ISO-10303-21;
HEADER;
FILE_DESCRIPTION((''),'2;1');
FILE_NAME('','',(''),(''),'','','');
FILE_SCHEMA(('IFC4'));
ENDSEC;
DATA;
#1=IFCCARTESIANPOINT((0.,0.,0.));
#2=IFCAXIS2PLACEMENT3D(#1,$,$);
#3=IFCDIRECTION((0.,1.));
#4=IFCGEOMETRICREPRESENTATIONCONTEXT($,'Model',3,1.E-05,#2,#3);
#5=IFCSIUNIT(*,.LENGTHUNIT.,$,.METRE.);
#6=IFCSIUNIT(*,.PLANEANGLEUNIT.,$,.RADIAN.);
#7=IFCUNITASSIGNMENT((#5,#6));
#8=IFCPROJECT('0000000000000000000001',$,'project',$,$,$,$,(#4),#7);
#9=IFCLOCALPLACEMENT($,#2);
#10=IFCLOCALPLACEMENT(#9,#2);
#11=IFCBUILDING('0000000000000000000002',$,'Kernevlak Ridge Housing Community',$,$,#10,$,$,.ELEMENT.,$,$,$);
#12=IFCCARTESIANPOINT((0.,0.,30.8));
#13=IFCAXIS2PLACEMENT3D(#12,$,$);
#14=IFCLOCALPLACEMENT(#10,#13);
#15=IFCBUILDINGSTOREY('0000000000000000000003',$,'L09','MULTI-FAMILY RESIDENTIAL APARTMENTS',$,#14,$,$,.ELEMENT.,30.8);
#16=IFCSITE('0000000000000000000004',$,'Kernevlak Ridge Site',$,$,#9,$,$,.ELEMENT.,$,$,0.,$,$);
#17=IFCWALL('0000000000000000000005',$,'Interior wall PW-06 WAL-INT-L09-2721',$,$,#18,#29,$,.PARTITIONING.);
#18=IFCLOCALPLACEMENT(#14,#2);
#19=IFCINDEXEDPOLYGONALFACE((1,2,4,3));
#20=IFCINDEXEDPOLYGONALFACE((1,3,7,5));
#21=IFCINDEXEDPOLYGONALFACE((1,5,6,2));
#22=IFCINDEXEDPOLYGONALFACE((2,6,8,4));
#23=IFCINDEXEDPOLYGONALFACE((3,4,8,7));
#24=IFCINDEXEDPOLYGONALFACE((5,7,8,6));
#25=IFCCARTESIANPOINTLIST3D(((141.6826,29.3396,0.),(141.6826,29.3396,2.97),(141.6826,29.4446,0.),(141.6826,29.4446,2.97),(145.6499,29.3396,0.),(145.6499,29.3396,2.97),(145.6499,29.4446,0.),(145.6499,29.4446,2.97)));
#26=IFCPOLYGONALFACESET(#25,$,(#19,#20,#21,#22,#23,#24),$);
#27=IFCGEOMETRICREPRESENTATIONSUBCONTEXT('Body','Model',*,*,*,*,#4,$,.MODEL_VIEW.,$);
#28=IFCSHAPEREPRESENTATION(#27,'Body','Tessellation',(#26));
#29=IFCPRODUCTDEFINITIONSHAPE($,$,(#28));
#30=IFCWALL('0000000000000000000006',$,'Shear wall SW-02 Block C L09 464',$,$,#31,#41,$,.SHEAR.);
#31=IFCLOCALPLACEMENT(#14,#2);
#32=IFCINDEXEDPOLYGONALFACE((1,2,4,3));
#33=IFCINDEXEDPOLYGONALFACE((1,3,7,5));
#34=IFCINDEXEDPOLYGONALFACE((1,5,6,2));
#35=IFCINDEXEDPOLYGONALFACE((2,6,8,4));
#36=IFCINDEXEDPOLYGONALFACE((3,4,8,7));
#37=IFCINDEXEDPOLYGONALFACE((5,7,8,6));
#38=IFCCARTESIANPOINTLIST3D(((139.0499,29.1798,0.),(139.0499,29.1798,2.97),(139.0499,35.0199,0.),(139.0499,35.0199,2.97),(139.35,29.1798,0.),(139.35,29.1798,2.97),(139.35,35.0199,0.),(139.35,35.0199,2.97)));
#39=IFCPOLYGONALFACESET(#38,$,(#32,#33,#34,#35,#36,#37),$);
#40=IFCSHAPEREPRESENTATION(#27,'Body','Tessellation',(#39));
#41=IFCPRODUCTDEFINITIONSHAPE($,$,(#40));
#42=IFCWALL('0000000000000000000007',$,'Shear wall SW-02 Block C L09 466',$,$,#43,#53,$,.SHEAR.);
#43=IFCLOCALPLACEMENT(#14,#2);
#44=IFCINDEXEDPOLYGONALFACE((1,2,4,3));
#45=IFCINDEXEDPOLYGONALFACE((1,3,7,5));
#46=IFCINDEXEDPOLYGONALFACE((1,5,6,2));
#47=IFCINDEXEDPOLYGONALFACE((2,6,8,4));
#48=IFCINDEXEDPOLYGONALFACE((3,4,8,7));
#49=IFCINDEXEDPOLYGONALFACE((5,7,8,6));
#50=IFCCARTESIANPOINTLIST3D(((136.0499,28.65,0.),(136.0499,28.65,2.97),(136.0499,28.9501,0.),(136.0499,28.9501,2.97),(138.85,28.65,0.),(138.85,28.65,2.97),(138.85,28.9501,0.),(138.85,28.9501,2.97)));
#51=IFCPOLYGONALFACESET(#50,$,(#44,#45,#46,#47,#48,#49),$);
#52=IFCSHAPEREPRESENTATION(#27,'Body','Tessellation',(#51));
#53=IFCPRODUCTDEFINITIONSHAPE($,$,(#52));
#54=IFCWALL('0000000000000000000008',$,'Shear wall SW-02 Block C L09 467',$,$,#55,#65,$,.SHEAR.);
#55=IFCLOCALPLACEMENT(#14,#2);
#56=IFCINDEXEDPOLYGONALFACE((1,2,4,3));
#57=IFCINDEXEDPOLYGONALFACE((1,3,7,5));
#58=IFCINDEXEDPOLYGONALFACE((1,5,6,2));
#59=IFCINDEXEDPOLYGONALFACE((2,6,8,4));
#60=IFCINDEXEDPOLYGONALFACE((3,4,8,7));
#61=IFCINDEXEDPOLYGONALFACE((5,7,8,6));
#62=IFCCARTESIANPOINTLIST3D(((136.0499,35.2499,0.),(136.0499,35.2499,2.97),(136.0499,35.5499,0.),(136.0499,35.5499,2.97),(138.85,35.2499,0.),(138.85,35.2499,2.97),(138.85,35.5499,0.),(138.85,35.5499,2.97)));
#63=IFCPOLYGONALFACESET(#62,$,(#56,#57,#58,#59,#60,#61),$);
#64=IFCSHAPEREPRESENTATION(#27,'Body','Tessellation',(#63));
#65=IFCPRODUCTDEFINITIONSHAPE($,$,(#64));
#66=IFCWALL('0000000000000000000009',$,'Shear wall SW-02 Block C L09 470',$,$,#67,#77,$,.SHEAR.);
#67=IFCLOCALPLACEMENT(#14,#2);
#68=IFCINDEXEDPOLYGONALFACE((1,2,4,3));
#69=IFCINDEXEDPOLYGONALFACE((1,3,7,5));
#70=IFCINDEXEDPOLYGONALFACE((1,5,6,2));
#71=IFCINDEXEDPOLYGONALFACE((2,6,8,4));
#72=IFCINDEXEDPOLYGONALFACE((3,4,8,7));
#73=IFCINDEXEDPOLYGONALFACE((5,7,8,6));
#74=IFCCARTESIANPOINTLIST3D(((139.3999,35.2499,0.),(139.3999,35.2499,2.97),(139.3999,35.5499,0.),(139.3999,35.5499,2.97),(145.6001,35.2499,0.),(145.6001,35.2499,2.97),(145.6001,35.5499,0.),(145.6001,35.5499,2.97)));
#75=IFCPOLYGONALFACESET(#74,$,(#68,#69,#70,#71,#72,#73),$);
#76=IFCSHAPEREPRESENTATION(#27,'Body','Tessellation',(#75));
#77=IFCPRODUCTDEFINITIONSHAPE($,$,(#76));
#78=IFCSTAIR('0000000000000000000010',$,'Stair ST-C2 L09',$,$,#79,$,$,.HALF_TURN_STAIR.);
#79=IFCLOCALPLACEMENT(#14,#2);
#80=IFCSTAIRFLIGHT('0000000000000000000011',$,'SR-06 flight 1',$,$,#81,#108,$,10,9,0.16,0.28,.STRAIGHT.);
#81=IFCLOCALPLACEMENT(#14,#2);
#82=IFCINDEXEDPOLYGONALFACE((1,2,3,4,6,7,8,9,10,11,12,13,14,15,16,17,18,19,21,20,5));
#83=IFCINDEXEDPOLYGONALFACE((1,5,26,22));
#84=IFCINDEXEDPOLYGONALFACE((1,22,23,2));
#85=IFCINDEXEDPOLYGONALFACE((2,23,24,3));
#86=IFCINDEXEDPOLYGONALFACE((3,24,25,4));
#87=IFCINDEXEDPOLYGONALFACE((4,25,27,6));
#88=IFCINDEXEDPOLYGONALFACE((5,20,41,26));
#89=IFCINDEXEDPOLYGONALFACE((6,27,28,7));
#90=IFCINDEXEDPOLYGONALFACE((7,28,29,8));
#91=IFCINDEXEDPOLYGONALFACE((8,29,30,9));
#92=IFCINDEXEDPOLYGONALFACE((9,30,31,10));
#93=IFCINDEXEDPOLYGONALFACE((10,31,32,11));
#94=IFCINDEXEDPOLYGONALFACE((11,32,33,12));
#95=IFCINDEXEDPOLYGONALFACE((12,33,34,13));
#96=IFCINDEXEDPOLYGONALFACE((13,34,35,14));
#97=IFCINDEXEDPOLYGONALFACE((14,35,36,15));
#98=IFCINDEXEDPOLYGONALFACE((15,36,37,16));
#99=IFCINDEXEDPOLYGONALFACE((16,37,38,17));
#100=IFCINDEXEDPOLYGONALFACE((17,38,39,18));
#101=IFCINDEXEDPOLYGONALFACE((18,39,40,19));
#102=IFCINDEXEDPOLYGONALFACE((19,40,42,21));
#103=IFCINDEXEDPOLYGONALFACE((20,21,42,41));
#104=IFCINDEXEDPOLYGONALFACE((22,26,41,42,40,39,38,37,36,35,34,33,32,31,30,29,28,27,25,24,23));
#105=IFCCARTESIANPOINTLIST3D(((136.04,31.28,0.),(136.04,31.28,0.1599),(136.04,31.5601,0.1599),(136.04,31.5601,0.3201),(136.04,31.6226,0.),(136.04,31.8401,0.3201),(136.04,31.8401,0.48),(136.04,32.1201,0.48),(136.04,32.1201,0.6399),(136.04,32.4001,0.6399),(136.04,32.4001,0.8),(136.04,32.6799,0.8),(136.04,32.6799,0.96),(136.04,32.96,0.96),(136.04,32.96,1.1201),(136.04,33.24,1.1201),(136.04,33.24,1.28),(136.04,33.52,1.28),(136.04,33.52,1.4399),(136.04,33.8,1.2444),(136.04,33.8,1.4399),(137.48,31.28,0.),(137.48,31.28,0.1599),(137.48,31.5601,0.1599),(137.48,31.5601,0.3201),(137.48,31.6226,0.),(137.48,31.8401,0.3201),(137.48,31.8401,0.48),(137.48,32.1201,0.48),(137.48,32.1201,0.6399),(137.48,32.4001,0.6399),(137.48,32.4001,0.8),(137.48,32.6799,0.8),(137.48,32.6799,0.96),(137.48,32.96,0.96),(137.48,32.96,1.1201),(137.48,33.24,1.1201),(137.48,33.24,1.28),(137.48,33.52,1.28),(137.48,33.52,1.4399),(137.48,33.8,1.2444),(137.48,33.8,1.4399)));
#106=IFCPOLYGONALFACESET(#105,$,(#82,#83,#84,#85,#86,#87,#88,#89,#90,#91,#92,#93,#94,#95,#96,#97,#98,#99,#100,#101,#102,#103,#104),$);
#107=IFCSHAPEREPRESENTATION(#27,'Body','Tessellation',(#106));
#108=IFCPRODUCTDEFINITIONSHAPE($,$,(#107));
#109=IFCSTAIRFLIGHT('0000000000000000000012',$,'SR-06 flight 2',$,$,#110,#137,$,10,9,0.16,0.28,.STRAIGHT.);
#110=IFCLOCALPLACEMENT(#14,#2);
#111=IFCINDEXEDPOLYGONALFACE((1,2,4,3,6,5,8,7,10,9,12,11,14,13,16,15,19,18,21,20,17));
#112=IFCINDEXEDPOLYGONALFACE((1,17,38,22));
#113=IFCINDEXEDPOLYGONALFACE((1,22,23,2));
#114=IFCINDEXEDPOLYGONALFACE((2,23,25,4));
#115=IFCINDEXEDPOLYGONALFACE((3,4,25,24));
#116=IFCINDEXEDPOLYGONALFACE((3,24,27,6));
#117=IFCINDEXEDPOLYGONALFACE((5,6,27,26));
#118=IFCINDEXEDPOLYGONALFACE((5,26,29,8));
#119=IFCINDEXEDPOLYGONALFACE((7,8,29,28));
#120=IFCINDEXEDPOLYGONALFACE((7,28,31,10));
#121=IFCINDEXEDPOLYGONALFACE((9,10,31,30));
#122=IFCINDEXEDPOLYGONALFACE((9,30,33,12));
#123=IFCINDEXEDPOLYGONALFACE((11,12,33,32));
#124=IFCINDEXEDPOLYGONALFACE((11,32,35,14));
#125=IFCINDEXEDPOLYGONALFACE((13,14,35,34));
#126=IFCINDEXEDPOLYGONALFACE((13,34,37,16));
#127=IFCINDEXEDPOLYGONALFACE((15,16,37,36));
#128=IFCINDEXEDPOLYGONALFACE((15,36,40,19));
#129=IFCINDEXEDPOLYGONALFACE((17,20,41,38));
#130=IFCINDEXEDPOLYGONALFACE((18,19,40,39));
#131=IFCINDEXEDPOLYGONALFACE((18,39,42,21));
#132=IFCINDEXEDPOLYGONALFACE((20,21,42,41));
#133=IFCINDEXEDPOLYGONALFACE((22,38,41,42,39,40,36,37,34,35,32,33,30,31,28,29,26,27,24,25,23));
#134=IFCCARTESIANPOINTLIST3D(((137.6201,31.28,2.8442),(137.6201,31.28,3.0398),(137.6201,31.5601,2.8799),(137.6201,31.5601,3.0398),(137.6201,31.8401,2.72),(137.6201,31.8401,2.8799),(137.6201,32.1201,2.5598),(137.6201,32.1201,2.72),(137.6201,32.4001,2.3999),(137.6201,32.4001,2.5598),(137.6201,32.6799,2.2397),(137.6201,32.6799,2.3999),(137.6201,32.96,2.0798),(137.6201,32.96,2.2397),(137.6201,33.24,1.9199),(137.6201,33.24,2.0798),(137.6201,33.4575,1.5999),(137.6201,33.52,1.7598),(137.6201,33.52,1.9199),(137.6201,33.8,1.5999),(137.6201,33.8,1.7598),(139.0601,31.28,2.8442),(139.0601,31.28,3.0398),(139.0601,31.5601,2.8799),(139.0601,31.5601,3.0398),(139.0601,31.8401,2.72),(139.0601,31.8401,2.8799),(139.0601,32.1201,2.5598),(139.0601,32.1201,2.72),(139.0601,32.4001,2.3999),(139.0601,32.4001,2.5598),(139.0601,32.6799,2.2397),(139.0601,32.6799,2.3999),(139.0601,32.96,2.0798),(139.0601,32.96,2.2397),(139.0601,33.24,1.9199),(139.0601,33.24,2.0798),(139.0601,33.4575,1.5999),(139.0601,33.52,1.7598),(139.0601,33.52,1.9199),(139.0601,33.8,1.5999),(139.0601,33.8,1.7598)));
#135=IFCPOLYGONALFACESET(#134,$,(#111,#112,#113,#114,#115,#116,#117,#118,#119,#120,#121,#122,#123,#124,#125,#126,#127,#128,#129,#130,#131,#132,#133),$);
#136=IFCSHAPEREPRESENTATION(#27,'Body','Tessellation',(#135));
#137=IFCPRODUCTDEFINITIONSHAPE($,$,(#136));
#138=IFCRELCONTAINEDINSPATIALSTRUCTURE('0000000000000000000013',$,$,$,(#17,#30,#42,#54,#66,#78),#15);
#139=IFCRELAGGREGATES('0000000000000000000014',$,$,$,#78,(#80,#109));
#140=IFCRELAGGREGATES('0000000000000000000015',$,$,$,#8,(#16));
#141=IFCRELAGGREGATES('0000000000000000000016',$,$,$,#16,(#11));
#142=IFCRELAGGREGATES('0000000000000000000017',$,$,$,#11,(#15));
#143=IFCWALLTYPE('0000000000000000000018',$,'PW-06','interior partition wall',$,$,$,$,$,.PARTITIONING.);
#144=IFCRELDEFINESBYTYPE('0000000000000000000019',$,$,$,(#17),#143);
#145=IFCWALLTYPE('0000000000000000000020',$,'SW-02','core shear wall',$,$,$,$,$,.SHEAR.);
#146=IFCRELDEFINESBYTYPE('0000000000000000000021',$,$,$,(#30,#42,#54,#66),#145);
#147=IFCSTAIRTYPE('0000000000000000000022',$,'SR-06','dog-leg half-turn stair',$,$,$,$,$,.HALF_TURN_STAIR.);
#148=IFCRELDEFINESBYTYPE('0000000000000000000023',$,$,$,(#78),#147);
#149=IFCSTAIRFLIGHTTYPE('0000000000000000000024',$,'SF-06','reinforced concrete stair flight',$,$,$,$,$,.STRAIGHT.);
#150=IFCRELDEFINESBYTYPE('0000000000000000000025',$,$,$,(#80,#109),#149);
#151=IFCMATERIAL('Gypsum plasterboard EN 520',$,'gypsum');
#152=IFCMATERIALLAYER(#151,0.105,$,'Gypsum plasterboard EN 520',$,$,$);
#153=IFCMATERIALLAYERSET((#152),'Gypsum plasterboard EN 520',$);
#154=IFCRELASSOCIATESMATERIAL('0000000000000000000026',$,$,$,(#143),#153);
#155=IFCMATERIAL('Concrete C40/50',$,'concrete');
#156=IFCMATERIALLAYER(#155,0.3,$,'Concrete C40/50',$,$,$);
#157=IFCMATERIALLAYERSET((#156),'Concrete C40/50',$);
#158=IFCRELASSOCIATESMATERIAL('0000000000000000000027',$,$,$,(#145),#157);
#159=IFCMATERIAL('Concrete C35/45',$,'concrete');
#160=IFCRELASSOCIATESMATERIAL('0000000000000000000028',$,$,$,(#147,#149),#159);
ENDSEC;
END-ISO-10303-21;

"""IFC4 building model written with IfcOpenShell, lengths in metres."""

from ifc_helpers import new_model, si_unit, direction, frame, frame_2d, origin, place, context, subcontext, project, spatial, polyline, rectangle, outline, extrude, material, layer, layer_set, type_object, element, aggregate, save


model = new_model("IFC4")

# Units and contexts
model_context = context("Model", 3, precision=1e-05, world=origin(), true_north=direction((0.0, 1.0)))
body_context = subcontext(model_context, "Body", "Model", "MODEL_VIEW")
ifc_project = project(units=[si_unit("LENGTHUNIT", "METRE"), si_unit("PLANEANGLEUNIT", "RADIAN")], contexts=[model_context])

# Site, building, storey
site_placement = place(None, origin())
site = spatial("IfcSite", under=ifc_project, at=site_placement, Name="Kernevlak Ridge Site", CompositionType="ELEMENT", RefElevation=0.0)
building_placement = place(site_placement, origin())
building = spatial("IfcBuilding", under=site, at=building_placement, Name="Kernevlak Ridge Housing Community", CompositionType="ELEMENT")
storey_placement = place(building_placement, frame((0.0, 0.0, 30.8)))
storey = spatial("IfcBuildingStorey", under=building, at=storey_placement, Name="L09", Description="MULTI-FAMILY RESIDENTIAL APARTMENTS", CompositionType="ELEMENT", Elevation=30.8)

# Shared definitions
ifc_material_1 = material(Name="Concrete C35/45", Category="concrete")

# Shared definitions
ifc_material_2 = material(Name="Gypsum plasterboard EN 520", Category="gypsum")

# Walls
ifc_layer_1 = layer(ifc_material_2, 0.105, Name="Gypsum plasterboard EN 520")
ifc_layer_set_1 = layer_set([ifc_layer_1], Name="Gypsum plasterboard EN 520")
wall_type_1 = type_object("IfcWallType", Name="PW-06", Description="interior partition wall", PredefinedType="PARTITIONING", material=ifc_layer_set_1)
wall_1_placement = place(storey_placement, frame((141.6826, 29.3921, 0.0), z_axis=(0.0, 0.0, 1.0), x_axis=(1.0, 0.0, 0.0)))
element("IfcWall", 1, at=wall_1_placement, inside=storey, type_object=wall_type_1, Name="Interior wall PW-06 WAL-INT-L09-2721", PredefinedType="PARTITIONING", context=body_context, shape_type="SweptSolid", body=[
    extrude(rectangle(XDim=3.9673, YDim=0.105, at=frame_2d((1.9836, 0.0))), origin(), (0.0, 0.0, 1.0), 2.97),
])
ifc_material_3 = material(Name="Concrete C40/50", Category="concrete")
ifc_layer_2 = layer(ifc_material_3, 0.3, Name="Concrete C40/50")
ifc_layer_set_2 = layer_set([ifc_layer_2], Name="Concrete C40/50")
wall_type_2 = type_object("IfcWallType", Name="SW-02", Description="core shear wall", PredefinedType="SHEAR", material=ifc_layer_set_2)
wall_2_placement = place(storey_placement, frame((139.2, 29.1799, 0.0), z_axis=(0.0, 0.0, 1.0), x_axis=(0.0, 1.0, 0.0)))
element("IfcWall", 2, at=wall_2_placement, inside=storey, type_object=wall_type_2, Name="Shear wall SW-02 Block C L09 464", PredefinedType="SHEAR", context=body_context, shape_type="SweptSolid", body=[
    extrude(rectangle(XDim=5.8401, YDim=0.3, at=frame_2d((2.9199, 0.0))), origin(), (0.0, 0.0, 1.0), 2.97),
])
for number, where, z_axis, x_axis, name in (
    (3, (136.05, 28.8, 0.0), (0.0, 0.0, 1.0), (1.0, 0.0, 0.0), "Shear wall SW-02 Block C L09 466"),
    (4, (136.05, 35.3999, 0.0), (0.0, 0.0, 1.0), (1.0, 0.0, 0.0), "Shear wall SW-02 Block C L09 467"),
):
    element("IfcWall", number, at=place(storey_placement, frame(where, z_axis=z_axis, x_axis=x_axis)), inside=storey, type_object=wall_type_2, Name=name, PredefinedType="SHEAR", context=body_context, shape_type="SweptSolid", body=[
        extrude(rectangle(XDim=2.8, YDim=0.3, at=frame_2d((1.3999, 0.0))), origin(), (0.0, 0.0, 1.0), 2.97),
    ])
wall_3_placement = place(storey_placement, frame((139.3999, 35.3999, 0.0), z_axis=(0.0, 0.0, 1.0), x_axis=(1.0, 0.0, 0.0)))
element("IfcWall", 5, at=wall_3_placement, inside=storey, type_object=wall_type_2, Name="Shear wall SW-02 Block C L09 470", PredefinedType="SHEAR", context=body_context, shape_type="SweptSolid", body=[
    extrude(rectangle(XDim=6.2002, YDim=0.3, at=frame_2d((3.1001, 0.0))), origin(), (0.0, 0.0, 1.0), 2.97),
])

# Stair, stair flights
stair_type = type_object("IfcStairType", Name="SR-06", Description="dog-leg half-turn stair", PredefinedType="HALF_TURN_STAIR", material=ifc_material_1)
stair_placement = place(storey_placement, origin())
stair = element("IfcStair", 6, at=stair_placement, inside=storey, type_object=stair_type, Name="Stair ST-C2 L09", PredefinedType="HALF_TURN_STAIR")
stair_flight_type = type_object("IfcStairFlightType", Name="SF-06", Description="reinforced concrete stair flight", PredefinedType="STRAIGHT", material=ifc_material_1)
stair_flight_1_placement = place(storey_placement, frame((136.76, 31.28, 0.0), z_axis=(0.0, 0.0, 1.0), x_axis=(0.0, 1.0, 0.0)))
stair_flight_1 = element("IfcStairFlight", 7, at=stair_flight_1_placement, type_object=stair_flight_type, Name="SR-06 flight 1", NumberOfRisers=10, NumberOfTreads=9, PredefinedType="STRAIGHT", RiserHeight=0.16, TreadLength=0.28, context=body_context, shape_type="SweptSolid", body=[
    extrude(outline(polyline([(0.0, 0.0), (0.0, 0.1599), (0.28, 0.1599), (0.28, 0.3201), (0.5601, 0.3201), (0.5601, 0.48), (0.8401, 0.48), (0.8401, 0.6399), (1.1201, 0.6399), (1.1201, 0.8), (1.3999, 0.8), (1.3999, 0.96), (1.6799, 0.96), (1.6799, 1.1201), (1.96, 1.1201), (1.96, 1.28), (2.24, 1.28), (2.24, 1.4399), (2.52, 1.4399), (2.52, 1.6001), (2.52, 1.2444), (0.3425, 0.0), (0.0, 0.0)])), frame((0.0, 0.72, 0.0), z_axis=(0.0, -1.0, 0.0), x_axis=(1.0, 0.0, 0.0)), (0.0, 0.0, 1.0), 1.4399),
])
stair_flight_2_placement = place(storey_placement, frame((138.3401, 33.8, 1.5999), z_axis=(0.0, 0.0, 1.0), x_axis=(0.0, -1.0, 0.0)))
stair_flight_2 = element("IfcStairFlight", 8, at=stair_flight_2_placement, type_object=stair_flight_type, Name="SR-06 flight 2", NumberOfRisers=10, NumberOfTreads=9, PredefinedType="STRAIGHT", RiserHeight=0.16, TreadLength=0.28, context=body_context, shape_type="SweptSolid", body=[
    extrude(outline(polyline([(0.0, 0.0), (0.0, 0.1599), (0.28, 0.1599), (0.28, 0.3201), (0.5601, 0.3201), (0.5601, 0.48), (0.8401, 0.48), (0.8401, 0.6399), (1.1201, 0.6399), (1.1201, 0.8), (1.3999, 0.8), (1.3999, 0.96), (1.6799, 0.96), (1.6799, 1.1201), (1.96, 1.1201), (1.96, 1.28), (2.24, 1.28), (2.24, 1.4399), (2.52, 1.4399), (2.52, 1.6001), (2.52, 1.2444), (0.3425, 0.0), (0.0, 0.0)])), frame((0.0, 0.72, 0.0), z_axis=(0.0, -1.0, 0.0), x_axis=(1.0, 0.0, 0.0)), (0.0, 0.0, 1.0), 1.4399),
])
aggregate(stair, [stair_flight_1, stair_flight_2])

save(model, "model.ifc")
